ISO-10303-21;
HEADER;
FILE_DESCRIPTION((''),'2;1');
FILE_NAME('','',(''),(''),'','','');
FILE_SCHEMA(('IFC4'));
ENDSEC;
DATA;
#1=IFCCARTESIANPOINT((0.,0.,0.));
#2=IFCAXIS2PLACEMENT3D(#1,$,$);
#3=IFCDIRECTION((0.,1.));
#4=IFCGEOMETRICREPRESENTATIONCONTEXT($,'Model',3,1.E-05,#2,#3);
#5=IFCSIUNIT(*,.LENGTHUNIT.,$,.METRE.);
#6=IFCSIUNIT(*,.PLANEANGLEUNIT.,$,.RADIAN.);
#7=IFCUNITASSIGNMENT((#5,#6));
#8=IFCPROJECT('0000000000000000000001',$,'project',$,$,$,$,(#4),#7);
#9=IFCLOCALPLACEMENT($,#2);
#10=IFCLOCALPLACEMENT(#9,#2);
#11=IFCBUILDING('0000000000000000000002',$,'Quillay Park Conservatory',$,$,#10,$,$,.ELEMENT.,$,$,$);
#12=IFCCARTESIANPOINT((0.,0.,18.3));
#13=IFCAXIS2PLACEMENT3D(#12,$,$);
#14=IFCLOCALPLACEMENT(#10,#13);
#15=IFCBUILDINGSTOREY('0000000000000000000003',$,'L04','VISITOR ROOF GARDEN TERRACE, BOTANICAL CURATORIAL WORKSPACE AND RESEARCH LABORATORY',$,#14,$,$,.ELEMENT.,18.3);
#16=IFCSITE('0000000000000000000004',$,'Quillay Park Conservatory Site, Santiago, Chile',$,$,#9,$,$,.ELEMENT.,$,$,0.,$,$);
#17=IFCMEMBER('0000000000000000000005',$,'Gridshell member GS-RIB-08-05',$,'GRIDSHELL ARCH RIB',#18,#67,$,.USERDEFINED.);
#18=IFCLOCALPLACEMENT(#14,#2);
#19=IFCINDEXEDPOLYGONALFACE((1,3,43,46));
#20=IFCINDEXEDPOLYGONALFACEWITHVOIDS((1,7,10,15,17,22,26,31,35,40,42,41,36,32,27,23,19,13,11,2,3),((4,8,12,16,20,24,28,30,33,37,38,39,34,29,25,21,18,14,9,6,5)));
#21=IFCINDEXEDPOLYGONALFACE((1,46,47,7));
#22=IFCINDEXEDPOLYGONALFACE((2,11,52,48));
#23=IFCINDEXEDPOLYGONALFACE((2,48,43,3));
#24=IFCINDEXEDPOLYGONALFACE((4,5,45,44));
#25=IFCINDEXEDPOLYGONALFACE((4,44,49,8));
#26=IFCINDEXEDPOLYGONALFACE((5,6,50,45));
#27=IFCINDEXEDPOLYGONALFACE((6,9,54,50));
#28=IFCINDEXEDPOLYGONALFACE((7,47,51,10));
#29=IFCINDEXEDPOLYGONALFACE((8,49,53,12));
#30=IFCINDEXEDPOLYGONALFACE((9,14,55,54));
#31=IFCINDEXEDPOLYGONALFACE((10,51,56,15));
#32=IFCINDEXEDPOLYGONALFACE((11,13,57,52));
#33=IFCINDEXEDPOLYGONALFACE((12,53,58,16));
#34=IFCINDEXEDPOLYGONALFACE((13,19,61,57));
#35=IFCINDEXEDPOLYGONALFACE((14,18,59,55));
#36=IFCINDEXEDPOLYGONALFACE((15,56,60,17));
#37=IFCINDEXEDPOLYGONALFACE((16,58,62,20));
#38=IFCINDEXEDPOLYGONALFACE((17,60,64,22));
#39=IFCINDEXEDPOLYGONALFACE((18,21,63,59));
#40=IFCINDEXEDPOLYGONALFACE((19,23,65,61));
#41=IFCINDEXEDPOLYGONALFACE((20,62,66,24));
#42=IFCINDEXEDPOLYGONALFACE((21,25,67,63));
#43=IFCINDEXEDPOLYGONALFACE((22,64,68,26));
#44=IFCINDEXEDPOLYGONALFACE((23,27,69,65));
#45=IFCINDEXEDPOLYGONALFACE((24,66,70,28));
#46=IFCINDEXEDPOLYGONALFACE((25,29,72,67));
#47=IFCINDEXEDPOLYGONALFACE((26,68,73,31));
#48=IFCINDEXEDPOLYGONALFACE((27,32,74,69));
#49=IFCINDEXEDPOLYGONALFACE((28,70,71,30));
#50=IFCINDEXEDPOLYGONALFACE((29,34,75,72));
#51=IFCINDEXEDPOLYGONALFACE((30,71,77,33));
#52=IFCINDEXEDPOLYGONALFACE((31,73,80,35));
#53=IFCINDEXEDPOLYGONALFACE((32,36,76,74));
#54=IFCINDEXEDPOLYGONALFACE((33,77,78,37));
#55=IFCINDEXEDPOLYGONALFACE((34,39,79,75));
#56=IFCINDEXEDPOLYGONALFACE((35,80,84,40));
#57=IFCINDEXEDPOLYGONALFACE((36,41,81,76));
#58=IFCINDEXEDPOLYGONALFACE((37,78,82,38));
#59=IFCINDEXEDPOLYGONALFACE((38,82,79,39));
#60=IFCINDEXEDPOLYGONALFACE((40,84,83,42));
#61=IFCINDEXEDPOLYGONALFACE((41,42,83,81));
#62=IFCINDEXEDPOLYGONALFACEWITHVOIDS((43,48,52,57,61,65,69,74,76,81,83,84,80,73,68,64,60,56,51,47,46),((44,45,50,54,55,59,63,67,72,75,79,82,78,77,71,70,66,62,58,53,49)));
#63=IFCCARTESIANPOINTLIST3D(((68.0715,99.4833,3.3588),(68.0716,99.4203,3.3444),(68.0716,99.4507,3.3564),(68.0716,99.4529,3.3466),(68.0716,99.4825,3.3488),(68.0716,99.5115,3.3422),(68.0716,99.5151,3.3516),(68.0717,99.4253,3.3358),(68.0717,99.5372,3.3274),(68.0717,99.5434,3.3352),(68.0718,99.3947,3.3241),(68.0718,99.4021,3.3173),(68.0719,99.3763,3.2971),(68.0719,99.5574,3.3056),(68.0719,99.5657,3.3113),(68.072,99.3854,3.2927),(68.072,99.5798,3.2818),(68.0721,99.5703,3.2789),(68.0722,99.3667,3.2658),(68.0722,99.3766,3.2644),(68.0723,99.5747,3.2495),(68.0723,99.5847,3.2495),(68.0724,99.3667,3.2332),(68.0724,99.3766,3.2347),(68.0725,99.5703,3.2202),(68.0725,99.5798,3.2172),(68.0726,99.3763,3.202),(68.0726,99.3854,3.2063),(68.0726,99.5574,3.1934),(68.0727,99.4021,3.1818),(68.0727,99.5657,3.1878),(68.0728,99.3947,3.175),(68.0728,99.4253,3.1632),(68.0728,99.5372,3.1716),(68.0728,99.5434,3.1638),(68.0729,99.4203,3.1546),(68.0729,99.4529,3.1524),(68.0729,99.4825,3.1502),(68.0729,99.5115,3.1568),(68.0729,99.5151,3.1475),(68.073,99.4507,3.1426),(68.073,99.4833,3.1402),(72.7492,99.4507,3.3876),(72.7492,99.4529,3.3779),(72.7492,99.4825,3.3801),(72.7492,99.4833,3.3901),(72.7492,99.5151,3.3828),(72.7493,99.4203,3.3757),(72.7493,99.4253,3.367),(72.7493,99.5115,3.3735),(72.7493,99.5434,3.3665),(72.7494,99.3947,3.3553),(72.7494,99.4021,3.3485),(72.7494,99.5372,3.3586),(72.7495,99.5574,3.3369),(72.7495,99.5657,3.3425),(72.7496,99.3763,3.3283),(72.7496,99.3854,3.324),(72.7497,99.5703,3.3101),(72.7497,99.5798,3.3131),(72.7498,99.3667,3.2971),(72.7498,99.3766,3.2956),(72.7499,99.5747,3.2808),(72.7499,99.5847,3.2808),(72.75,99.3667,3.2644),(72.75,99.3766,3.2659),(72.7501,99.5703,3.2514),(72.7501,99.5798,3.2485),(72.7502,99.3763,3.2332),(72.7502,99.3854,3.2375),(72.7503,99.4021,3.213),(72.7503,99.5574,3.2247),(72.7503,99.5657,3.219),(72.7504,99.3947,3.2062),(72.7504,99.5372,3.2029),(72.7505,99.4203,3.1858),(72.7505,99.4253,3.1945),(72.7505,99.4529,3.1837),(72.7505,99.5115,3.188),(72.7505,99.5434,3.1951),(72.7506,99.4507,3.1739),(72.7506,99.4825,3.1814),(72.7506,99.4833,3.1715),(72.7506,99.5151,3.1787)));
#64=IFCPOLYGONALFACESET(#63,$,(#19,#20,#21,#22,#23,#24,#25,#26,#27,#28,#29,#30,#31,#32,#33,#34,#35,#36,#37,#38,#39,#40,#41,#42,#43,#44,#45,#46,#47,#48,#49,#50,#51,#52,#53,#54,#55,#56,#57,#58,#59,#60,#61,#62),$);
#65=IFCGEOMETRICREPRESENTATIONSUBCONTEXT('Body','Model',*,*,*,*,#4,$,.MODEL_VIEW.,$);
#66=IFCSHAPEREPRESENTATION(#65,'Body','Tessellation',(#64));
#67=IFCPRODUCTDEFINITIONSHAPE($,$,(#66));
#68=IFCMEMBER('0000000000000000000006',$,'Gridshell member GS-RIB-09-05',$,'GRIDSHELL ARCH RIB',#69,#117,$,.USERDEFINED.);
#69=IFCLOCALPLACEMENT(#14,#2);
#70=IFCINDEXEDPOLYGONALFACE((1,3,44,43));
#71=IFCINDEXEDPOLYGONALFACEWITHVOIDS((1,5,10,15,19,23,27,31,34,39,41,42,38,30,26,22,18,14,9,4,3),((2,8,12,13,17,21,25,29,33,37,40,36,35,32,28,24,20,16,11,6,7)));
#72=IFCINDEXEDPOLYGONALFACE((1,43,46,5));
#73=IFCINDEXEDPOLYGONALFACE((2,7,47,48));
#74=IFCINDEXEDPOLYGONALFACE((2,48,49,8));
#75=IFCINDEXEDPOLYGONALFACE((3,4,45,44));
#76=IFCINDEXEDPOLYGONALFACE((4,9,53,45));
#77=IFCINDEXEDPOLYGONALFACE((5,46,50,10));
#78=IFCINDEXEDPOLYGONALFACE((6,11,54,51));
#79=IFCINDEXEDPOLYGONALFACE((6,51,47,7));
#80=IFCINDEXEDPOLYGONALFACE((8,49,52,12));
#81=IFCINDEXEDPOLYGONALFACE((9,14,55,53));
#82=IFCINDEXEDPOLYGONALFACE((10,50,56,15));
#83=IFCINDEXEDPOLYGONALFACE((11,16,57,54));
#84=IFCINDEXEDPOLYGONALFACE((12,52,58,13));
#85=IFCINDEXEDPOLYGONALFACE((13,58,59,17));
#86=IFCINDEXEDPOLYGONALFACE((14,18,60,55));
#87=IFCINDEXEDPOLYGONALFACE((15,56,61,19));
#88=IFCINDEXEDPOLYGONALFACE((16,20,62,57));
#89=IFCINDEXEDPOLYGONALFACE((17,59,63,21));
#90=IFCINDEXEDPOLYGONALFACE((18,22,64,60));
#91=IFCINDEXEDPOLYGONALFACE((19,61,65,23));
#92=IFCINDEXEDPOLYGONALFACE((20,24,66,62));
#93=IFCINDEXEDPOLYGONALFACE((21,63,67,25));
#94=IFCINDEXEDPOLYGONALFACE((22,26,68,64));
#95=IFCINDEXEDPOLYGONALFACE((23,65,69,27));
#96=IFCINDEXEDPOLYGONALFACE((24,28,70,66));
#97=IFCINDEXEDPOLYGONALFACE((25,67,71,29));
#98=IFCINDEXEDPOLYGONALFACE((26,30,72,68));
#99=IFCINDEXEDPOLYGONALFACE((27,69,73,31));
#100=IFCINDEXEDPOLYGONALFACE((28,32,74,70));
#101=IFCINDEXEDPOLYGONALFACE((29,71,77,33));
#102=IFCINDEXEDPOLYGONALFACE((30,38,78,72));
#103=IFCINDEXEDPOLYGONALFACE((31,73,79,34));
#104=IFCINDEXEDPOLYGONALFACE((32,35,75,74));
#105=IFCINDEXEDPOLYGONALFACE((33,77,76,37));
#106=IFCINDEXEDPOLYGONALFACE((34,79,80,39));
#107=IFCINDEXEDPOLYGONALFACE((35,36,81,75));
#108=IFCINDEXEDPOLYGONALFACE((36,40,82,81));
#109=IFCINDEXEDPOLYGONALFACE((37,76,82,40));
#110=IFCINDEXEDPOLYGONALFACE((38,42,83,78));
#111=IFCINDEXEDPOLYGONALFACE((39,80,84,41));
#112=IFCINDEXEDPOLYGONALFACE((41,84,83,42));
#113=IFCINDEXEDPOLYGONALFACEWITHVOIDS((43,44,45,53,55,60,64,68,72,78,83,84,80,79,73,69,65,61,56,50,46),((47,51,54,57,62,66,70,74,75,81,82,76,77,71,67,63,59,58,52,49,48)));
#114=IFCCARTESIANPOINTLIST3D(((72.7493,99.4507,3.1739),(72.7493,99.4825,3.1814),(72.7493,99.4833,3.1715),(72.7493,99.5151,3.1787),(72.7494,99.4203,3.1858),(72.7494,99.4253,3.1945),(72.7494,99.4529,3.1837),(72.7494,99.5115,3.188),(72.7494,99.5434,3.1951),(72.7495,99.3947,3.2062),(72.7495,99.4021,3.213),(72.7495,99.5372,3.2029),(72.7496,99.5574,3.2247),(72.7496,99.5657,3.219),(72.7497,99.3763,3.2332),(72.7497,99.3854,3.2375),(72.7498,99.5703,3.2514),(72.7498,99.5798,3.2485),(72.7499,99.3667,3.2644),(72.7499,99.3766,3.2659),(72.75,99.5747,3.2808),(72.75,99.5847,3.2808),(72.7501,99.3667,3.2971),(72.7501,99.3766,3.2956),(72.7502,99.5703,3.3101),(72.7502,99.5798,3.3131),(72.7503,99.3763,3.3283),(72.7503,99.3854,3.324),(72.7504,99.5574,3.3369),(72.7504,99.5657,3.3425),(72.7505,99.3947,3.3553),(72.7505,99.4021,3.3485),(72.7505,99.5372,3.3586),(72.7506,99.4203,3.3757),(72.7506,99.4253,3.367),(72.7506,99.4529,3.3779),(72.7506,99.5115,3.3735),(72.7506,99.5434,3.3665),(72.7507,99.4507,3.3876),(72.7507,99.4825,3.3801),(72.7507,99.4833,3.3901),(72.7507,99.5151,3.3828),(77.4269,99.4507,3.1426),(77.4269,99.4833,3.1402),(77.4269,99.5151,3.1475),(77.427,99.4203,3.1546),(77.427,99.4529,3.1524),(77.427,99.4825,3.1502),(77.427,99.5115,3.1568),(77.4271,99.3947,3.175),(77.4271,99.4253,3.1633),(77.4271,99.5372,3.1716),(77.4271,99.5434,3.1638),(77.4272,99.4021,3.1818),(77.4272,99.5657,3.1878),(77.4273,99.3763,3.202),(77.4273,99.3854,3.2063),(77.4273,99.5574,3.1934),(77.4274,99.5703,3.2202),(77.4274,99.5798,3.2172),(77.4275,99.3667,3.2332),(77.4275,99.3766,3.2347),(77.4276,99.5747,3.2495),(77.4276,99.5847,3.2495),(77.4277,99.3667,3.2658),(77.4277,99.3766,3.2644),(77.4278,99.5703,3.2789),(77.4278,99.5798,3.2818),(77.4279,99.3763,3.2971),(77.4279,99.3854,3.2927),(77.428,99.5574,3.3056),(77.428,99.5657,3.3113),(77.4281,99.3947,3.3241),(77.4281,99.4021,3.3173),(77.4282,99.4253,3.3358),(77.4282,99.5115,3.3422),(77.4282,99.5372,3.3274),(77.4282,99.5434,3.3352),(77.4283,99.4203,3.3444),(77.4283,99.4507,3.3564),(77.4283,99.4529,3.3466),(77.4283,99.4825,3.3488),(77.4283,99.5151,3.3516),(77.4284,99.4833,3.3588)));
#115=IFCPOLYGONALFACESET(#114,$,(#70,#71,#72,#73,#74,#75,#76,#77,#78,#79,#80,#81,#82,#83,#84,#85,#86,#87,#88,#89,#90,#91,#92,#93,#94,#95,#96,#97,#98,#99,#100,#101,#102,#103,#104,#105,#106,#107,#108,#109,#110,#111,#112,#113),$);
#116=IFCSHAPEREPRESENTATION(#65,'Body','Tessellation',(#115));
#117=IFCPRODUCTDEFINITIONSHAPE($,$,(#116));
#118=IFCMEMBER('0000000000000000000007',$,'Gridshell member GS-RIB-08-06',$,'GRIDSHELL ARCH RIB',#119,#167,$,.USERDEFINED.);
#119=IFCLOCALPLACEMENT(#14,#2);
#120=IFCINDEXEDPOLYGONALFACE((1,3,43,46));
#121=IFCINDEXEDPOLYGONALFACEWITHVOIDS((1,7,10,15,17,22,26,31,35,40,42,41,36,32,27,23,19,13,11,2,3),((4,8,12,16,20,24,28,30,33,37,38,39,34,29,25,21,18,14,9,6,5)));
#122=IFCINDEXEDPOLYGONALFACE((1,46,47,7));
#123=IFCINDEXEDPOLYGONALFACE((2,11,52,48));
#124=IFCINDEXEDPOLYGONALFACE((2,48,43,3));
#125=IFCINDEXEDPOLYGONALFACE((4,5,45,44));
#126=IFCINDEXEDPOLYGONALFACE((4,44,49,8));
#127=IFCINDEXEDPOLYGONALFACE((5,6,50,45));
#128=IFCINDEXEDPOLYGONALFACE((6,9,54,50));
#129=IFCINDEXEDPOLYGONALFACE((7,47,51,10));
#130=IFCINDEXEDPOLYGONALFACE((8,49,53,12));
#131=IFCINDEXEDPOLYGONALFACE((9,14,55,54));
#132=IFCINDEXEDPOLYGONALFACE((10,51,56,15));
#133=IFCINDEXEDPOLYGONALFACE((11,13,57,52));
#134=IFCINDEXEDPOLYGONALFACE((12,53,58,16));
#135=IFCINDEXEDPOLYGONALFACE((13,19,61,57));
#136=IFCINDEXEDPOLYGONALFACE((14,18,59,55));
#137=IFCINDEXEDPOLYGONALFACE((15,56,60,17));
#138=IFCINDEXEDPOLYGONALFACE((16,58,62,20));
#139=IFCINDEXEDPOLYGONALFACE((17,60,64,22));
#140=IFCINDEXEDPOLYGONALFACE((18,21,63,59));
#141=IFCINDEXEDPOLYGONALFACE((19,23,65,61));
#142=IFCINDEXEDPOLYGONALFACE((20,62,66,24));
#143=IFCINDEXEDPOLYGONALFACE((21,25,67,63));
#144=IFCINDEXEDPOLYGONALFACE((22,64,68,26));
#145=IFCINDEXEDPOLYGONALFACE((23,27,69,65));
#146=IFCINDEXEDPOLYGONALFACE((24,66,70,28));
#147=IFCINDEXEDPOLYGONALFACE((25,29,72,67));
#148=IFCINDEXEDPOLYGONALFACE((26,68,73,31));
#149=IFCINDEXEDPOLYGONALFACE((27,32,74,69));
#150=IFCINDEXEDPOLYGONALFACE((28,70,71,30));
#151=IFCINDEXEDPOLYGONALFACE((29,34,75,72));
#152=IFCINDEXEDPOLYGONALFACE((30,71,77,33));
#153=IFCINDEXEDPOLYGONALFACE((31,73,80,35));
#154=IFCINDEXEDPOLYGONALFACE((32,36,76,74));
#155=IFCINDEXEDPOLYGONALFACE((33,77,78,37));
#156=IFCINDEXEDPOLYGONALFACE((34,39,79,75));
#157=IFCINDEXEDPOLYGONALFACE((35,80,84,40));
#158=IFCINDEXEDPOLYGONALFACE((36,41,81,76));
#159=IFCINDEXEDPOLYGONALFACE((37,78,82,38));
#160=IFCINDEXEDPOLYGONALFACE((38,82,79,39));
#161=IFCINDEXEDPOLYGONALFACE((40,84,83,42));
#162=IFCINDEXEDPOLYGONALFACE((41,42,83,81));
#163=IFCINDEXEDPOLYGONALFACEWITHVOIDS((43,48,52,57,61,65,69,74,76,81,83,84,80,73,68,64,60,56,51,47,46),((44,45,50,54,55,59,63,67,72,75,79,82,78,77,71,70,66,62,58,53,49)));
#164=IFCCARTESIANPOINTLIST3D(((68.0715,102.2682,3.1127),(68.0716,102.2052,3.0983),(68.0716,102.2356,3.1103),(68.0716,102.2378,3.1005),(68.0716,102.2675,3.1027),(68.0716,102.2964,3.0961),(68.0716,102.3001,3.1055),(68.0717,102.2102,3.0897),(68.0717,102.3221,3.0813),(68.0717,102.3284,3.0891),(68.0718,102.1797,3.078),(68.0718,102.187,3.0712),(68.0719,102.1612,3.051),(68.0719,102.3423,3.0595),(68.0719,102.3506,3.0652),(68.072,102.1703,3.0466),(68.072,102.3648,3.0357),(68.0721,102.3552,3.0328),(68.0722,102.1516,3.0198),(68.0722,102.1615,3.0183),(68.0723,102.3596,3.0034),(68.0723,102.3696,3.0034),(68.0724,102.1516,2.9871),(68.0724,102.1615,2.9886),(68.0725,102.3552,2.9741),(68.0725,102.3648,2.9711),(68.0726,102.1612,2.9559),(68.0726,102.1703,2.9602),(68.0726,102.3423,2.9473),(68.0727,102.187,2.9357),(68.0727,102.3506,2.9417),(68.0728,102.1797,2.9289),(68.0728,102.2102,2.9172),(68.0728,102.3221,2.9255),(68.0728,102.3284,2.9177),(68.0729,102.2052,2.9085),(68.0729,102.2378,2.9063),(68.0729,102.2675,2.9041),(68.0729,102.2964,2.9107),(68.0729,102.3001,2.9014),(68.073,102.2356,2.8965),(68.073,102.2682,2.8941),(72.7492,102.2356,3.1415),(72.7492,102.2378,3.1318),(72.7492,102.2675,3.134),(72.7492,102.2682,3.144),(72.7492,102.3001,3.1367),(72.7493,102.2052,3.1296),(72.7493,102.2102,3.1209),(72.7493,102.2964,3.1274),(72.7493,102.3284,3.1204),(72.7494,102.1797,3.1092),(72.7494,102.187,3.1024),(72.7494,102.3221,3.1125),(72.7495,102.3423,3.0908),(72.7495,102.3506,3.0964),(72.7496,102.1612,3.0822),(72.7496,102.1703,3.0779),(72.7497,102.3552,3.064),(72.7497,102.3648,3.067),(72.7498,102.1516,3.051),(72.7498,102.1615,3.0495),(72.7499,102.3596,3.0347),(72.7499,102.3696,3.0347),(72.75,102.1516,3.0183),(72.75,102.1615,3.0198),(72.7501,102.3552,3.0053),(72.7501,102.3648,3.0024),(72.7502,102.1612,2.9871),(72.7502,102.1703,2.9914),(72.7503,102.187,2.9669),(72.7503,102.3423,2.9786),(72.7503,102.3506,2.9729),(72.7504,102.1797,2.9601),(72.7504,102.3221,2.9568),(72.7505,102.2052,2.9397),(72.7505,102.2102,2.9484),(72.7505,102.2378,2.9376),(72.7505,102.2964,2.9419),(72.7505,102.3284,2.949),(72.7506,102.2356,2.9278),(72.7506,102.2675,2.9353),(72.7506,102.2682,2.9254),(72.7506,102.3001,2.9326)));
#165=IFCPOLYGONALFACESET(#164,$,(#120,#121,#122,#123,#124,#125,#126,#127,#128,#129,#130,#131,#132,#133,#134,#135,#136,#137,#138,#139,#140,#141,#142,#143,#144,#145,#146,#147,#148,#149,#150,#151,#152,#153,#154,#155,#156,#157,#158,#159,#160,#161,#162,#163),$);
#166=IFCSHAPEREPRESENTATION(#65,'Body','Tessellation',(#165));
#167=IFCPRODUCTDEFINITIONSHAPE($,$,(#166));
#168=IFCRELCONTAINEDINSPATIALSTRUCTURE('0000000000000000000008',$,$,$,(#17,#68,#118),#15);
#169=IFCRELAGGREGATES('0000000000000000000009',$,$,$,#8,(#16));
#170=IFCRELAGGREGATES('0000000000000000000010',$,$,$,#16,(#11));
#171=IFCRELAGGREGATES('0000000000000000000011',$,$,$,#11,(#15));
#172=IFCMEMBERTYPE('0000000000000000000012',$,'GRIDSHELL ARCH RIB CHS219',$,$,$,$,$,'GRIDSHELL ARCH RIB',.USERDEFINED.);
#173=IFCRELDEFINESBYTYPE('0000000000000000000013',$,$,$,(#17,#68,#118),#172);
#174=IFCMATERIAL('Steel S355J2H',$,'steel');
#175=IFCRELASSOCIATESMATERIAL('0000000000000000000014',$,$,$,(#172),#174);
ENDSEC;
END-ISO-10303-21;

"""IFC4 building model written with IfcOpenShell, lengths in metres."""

from ifc_helpers import new_model, si_unit, direction, frame, origin, origin_2d, place, context, subcontext, project, spatial, hollow_circle, extrude, material, material_profile, profile_set, type_object, element, save


model = new_model("IFC4")

# Units and contexts
model_context = context("Model", 3, precision=1e-05, world=origin(), true_north=direction((0.0, 1.0)))
body_context = subcontext(model_context, "Body", "Model", "MODEL_VIEW")
ifc_project = project(units=[si_unit("LENGTHUNIT", "METRE"), si_unit("PLANEANGLEUNIT", "RADIAN")], contexts=[model_context])

# Site, building, storey
site_placement = place(None, origin())
site = spatial("IfcSite", under=ifc_project, at=site_placement, Name="Quillay Park Conservatory Site, Santiago, Chile", CompositionType="ELEMENT", RefElevation=0.0)
building_placement = place(site_placement, origin())
building = spatial("IfcBuilding", under=site, at=building_placement, Name="Quillay Park Conservatory", CompositionType="ELEMENT")
storey_placement = place(building_placement, frame((0.0, 0.0, 18.3)))
storey = spatial("IfcBuildingStorey", under=building, at=storey_placement, Name="L04", Description="VISITOR ROOF GARDEN TERRACE, BOTANICAL CURATORIAL WORKSPACE AND RESEARCH LABORATORY", CompositionType="ELEMENT", Elevation=18.3)

# Members
ifc_material_1 = material(Name="Steel S355J2H", Category="steel")
ifc_material_profile_1 = material_profile(ifc_material_1, hollow_circle(Radius=0.1096, WallThickness=0.01, at=origin_2d()), Name="CHS219.1x10")
ifc_profile_set_1 = profile_set([ifc_material_profile_1], Name="Steel S355J2H")
member_type = type_object("IfcMemberType", Name="GRIDSHELL ARCH RIB CHS219", ElementType="GRIDSHELL ARCH RIB", PredefinedType="USERDEFINED", material=ifc_profile_set_1)
for number, where, z_axis, x_axis, name in (
    (1, (68.0723, 99.4751, 3.2495), (0.999978, 0.0, 0.00668), (0.0, 1.0, 0.0), "Gridshell member GS-RIB-08-05"),
    (2, (72.75, 99.4751, 3.2808), (0.999978, 0.0, -0.00668), (0.0, 1.0, 0.0), "Gridshell member GS-RIB-09-05"),
    (3, (68.0723, 102.26, 3.0034), (0.999978, 0.0, 0.00668), (0.0, 1.0, 0.0), "Gridshell member GS-RIB-08-06"),
):
    element("IfcMember", number, at=place(storey_placement, frame(where, z_axis=z_axis, x_axis=x_axis)), inside=storey, type_object=member_type, Name=name, ObjectType="GRIDSHELL ARCH RIB", PredefinedType="USERDEFINED", context=body_context, shape_type="SweptSolid", body=[
        extrude(hollow_circle(Radius=0.1096, WallThickness=0.01, at=origin_2d()), origin(), (0.0, 0.0, 1.0), 4.6777),
    ])

save(model, "model.ifc")
